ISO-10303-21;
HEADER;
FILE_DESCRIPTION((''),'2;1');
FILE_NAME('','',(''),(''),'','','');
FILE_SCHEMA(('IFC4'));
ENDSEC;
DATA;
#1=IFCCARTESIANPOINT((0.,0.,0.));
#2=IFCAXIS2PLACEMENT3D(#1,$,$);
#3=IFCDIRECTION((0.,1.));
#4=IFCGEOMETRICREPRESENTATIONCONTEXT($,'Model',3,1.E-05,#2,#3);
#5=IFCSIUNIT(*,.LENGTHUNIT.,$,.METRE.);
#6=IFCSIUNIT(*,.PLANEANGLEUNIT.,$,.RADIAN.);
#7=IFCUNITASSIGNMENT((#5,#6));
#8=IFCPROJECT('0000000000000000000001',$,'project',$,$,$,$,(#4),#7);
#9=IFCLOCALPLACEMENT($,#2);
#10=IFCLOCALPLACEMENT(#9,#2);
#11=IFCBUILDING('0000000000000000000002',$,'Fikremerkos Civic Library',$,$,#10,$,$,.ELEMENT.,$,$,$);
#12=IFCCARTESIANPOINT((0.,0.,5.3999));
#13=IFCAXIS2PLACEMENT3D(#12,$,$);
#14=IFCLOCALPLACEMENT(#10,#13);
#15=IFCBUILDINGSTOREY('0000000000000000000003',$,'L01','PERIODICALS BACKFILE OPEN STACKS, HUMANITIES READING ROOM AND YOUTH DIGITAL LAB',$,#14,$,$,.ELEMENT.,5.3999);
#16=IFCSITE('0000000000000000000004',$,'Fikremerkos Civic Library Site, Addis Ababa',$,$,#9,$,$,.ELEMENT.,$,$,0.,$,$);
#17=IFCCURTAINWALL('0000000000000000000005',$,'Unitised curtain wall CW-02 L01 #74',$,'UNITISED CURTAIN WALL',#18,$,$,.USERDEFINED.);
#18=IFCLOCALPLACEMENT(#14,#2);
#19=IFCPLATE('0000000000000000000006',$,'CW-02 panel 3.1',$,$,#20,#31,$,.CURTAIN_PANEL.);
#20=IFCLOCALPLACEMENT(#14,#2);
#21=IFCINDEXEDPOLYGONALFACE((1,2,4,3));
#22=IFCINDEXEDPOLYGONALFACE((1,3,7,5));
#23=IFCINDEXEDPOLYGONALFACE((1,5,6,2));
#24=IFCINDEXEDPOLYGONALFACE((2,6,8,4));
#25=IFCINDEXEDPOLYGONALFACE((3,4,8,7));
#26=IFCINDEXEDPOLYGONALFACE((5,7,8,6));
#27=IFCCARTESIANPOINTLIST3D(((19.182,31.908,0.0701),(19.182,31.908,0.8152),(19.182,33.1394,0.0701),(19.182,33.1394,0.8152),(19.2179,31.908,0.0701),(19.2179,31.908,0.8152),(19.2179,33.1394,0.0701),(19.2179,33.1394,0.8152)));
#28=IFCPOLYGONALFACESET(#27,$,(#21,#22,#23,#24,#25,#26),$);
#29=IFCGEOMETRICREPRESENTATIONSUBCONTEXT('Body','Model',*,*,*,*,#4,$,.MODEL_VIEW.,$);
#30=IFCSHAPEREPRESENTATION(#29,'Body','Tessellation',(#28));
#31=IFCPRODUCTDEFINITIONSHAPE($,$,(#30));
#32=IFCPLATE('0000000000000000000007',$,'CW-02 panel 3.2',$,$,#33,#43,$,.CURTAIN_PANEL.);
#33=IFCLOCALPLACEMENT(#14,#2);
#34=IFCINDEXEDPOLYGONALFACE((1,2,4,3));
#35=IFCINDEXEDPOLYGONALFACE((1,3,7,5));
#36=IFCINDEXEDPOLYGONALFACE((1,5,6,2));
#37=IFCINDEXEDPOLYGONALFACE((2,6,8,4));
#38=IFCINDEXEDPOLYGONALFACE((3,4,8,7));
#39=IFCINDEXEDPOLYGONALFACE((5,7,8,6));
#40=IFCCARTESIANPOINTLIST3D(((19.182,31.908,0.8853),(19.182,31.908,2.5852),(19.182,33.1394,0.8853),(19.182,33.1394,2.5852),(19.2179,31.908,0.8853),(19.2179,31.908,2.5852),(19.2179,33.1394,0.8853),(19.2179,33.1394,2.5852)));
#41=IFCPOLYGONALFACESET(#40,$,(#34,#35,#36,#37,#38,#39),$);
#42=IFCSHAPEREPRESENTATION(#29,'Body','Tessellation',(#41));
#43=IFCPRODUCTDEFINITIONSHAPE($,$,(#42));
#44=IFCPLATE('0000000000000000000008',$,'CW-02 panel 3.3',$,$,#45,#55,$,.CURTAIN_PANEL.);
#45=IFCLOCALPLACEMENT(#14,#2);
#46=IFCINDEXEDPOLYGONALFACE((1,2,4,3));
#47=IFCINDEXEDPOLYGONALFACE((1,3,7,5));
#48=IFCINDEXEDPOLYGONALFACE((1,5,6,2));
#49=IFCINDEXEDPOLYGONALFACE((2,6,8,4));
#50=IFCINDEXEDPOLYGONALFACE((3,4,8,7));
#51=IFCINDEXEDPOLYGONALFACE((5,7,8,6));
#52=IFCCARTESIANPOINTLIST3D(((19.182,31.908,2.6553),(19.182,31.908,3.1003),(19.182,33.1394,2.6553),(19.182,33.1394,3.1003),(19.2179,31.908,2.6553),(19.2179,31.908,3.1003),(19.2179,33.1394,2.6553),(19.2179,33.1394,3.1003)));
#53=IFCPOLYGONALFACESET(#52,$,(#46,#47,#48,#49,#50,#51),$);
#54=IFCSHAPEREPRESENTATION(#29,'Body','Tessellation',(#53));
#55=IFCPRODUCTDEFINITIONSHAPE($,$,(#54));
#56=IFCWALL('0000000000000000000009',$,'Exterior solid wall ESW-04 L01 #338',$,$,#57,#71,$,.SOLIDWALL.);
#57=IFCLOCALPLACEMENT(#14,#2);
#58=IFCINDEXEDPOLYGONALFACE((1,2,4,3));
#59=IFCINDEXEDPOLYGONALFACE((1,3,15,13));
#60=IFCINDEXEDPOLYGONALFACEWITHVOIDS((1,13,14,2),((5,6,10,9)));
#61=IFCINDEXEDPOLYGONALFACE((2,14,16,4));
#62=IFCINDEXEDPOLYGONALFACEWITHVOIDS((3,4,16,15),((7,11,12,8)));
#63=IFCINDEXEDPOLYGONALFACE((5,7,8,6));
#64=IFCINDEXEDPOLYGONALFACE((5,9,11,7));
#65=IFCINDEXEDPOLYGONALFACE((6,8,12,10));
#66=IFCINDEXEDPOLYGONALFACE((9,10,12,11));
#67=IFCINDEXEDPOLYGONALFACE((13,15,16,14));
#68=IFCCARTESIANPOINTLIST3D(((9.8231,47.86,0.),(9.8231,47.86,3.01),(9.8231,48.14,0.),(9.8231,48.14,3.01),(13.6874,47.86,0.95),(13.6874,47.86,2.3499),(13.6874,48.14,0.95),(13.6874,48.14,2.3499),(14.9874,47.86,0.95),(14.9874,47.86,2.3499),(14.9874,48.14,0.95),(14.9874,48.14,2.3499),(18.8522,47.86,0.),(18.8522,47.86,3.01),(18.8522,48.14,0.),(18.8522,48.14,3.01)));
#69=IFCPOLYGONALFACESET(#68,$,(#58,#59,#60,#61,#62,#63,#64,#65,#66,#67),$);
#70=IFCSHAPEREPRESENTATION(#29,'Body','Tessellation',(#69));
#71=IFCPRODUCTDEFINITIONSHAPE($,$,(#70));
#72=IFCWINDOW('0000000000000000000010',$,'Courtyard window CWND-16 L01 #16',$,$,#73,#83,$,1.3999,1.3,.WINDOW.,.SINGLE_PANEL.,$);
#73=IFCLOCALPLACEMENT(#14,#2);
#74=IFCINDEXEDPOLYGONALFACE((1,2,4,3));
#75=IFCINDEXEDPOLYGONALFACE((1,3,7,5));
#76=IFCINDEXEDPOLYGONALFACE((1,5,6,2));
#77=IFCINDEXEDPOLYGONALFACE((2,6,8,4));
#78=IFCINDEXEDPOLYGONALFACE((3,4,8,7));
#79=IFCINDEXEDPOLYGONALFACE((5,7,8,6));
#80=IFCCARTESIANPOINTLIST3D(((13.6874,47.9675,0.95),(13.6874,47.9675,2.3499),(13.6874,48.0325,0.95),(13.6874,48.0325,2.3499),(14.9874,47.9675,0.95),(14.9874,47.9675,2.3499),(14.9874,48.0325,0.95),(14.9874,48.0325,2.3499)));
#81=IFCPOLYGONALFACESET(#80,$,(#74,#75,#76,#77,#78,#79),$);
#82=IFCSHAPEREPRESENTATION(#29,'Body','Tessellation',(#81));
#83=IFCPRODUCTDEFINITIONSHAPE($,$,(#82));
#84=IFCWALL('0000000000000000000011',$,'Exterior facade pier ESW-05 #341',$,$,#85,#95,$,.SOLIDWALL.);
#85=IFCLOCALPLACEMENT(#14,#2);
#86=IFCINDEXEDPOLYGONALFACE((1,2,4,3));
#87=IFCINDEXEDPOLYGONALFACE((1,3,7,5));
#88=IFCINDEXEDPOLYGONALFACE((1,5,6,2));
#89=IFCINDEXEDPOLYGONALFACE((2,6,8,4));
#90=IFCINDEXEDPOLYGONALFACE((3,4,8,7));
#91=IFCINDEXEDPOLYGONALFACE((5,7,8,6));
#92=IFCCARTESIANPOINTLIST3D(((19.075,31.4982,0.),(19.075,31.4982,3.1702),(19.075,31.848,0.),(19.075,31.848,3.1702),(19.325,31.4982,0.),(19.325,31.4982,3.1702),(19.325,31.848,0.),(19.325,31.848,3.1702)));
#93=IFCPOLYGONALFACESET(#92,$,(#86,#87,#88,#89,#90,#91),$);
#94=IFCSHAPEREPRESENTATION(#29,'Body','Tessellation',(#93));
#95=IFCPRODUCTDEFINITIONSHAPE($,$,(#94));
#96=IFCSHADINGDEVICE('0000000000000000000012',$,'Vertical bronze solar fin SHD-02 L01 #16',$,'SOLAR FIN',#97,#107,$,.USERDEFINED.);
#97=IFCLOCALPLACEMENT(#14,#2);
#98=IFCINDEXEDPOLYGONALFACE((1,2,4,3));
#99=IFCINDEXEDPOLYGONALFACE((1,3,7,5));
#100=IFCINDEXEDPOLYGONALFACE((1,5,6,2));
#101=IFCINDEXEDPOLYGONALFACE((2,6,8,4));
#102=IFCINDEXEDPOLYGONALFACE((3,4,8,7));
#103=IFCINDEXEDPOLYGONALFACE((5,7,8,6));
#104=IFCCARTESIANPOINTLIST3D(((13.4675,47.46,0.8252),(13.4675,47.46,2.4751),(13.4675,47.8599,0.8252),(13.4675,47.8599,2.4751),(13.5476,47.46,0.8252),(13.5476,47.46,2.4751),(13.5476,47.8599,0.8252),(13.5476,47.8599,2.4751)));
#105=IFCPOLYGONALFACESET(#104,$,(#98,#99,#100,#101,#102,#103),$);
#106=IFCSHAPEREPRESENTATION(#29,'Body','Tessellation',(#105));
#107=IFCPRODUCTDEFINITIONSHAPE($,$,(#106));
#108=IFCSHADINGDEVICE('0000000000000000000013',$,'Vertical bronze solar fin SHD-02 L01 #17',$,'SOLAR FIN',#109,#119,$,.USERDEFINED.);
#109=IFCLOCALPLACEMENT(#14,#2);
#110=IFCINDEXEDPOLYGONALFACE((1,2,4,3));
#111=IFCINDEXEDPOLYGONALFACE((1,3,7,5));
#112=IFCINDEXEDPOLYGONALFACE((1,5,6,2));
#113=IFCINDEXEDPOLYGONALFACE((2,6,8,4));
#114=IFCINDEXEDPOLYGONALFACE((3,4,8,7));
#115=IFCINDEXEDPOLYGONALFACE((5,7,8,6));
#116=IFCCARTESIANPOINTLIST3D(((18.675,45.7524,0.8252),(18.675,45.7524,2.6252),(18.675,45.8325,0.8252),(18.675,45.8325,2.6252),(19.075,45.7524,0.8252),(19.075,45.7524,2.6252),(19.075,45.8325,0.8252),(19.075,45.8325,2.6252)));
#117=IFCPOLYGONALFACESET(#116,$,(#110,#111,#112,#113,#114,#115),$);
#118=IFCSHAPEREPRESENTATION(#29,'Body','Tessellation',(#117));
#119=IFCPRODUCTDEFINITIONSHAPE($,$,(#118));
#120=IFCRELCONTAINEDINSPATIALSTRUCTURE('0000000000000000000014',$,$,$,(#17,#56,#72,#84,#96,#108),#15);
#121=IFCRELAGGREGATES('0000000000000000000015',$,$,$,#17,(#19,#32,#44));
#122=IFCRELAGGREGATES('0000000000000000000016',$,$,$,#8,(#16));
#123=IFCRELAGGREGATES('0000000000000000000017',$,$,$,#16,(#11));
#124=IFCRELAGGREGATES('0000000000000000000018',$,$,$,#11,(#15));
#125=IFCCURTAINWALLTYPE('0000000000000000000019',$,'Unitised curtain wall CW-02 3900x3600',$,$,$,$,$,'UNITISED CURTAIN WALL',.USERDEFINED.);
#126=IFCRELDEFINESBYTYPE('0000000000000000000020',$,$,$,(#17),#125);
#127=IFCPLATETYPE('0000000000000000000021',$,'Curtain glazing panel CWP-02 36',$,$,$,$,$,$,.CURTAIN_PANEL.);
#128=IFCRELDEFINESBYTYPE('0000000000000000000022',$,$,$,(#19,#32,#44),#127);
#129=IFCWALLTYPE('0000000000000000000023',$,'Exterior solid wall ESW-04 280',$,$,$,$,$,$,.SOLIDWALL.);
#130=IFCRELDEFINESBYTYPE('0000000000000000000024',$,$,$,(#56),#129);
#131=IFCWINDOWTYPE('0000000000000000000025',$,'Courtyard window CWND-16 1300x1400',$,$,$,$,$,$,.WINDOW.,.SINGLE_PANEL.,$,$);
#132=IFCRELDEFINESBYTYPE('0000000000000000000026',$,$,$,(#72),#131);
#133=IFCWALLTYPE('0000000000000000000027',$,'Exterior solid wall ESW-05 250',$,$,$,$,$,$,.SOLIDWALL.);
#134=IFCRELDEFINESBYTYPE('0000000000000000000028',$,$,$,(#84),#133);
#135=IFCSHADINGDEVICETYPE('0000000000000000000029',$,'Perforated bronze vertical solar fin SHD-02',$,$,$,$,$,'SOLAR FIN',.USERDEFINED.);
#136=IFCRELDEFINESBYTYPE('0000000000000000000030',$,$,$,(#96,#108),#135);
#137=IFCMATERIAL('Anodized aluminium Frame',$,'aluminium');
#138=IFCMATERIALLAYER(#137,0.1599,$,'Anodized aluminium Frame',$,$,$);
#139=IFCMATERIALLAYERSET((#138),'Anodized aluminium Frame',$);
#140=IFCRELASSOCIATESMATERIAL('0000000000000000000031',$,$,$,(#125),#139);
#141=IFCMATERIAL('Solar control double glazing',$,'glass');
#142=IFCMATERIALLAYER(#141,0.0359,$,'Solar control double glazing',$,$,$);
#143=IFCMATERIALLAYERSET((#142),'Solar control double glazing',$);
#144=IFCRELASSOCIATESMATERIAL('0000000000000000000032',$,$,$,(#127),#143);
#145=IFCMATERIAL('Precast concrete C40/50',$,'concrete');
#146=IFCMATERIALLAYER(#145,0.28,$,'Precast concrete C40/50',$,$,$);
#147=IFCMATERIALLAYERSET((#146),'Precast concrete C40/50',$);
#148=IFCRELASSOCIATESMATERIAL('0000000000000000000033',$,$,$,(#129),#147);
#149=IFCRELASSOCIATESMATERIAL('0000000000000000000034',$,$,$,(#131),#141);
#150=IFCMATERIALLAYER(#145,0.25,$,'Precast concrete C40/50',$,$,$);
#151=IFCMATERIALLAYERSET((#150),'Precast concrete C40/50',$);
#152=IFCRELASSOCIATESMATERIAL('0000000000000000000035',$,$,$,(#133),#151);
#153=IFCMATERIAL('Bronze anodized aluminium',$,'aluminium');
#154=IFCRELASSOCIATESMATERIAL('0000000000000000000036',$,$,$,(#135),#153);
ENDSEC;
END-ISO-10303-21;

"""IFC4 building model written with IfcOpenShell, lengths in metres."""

from ifc_helpers import new_model, si_unit, direction, frame, frame_2d, origin, origin_2d, place, context, subcontext, project, spatial, rectangle, extrude, material, layer, layer_set, type_object, element, fill, aggregate, save


model = new_model("IFC4")

# Units and contexts
model_context = context("Model", 3, precision=1e-05, world=origin(), true_north=direction((0.0, 1.0)))
body_context = subcontext(model_context, "Body", "Model", "MODEL_VIEW")
ifc_project = project(units=[si_unit("LENGTHUNIT", "METRE"), si_unit("PLANEANGLEUNIT", "RADIAN")], contexts=[model_context])

# Site, building, storey
site_placement = place(None, origin())
site = spatial("IfcSite", under=ifc_project, at=site_placement, Name="Fikremerkos Civic Library Site, Addis Ababa", CompositionType="ELEMENT", RefElevation=0.0)
building_placement = place(site_placement, origin())
building = spatial("IfcBuilding", under=site, at=building_placement, Name="Fikremerkos Civic Library", CompositionType="ELEMENT")
storey_placement = place(building_placement, frame((0.0, 0.0, 5.3999)))
storey = spatial("IfcBuildingStorey", under=building, at=storey_placement, Name="L01", Description="PERIODICALS BACKFILE OPEN STACKS, HUMANITIES READING ROOM AND YOUTH DIGITAL LAB", CompositionType="ELEMENT", Elevation=5.3999)

# Curtain wall
ifc_material_1 = material(Name="Anodized aluminium Frame", Category="aluminium")
ifc_layer_1 = layer(ifc_material_1, 0.1599, Name="Anodized aluminium Frame")
ifc_layer_set_1 = layer_set([ifc_layer_1], Name="Anodized aluminium Frame")
curtain_wall_type = type_object("IfcCurtainWallType", Name="Unitised curtain wall CW-02 3900x3600", ElementType="UNITISED CURTAIN WALL", PredefinedType="USERDEFINED", material=ifc_layer_set_1)
curtain_wall_placement = place(storey_placement, origin())
curtain_wall = element("IfcCurtainWall", 1, at=curtain_wall_placement, inside=storey, type_object=curtain_wall_type, Name="Unitised curtain wall CW-02 L01 #74", ObjectType="UNITISED CURTAIN WALL", PredefinedType="USERDEFINED")

# Plates
ifc_material_2 = material(Name="Solar control double glazing", Category="glass")
ifc_layer_2 = layer(ifc_material_2, 0.0359, Name="Solar control double glazing")
ifc_layer_set_2 = layer_set([ifc_layer_2], Name="Solar control double glazing")
plate_type = type_object("IfcPlateType", Name="Curtain glazing panel CWP-02 36", PredefinedType="CURTAIN_PANEL", material=ifc_layer_set_2)
plate_1_placement = place(storey_placement, frame((19.2, 32.5237, 0.0701), z_axis=(0.0, 0.0, 1.0), x_axis=(0.0, -1.0, 0.0)))
plate_1 = element("IfcPlate", 2, at=plate_1_placement, type_object=plate_type, Name="CW-02 panel 3.1", PredefinedType="CURTAIN_PANEL", context=body_context, shape_type="SweptSolid", body=[
    extrude(rectangle(XDim=1.2314, YDim=0.0359, at=origin_2d()), origin(), (0.0, 0.0, 1.0), 0.7451),
])
plate_2_placement = place(storey_placement, frame((19.2, 32.5237, 0.8853), z_axis=(0.0, 0.0, 1.0), x_axis=(0.0, -1.0, 0.0)))
plate_2 = element("IfcPlate", 3, at=plate_2_placement, type_object=plate_type, Name="CW-02 panel 3.2", PredefinedType="CURTAIN_PANEL", context=body_context, shape_type="SweptSolid", body=[
    extrude(rectangle(XDim=1.2314, YDim=0.0359, at=origin_2d()), origin(), (0.0, 0.0, 1.0), 1.7),
])
plate_3_placement = place(storey_placement, frame((19.2, 32.5237, 2.6553), z_axis=(0.0, 0.0, 1.0), x_axis=(0.0, -1.0, 0.0)))
plate_3 = element("IfcPlate", 4, at=plate_3_placement, type_object=plate_type, Name="CW-02 panel 3.3", PredefinedType="CURTAIN_PANEL", context=body_context, shape_type="SweptSolid", body=[
    extrude(rectangle(XDim=1.2314, YDim=0.0359, at=origin_2d()), origin(), (0.0, 0.0, 1.0), 0.4451),
])
aggregate(curtain_wall, [plate_1, plate_2, plate_3])

# Wall, opening, window
ifc_material_3 = material(Name="Precast concrete C40/50", Category="concrete")
ifc_layer_3 = layer(ifc_material_3, 0.28, Name="Precast concrete C40/50")
ifc_layer_set_3 = layer_set([ifc_layer_3], Name="Precast concrete C40/50")
wall_type_1 = type_object("IfcWallType", Name="Exterior solid wall ESW-04 280", PredefinedType="SOLIDWALL", material=ifc_layer_set_3)
wall_1_placement = place(storey_placement, frame((9.823, 48.0, 0.0), z_axis=(0.0, 0.0, 1.0), x_axis=(1.0, 0.0, 0.0)))
wall_1 = element("IfcWall", 5, at=wall_1_placement, inside=storey, type_object=wall_type_1, Name="Exterior solid wall ESW-04 L01 #338", PredefinedType="SOLIDWALL", context=body_context, shape_type="SweptSolid", body=[
    extrude(rectangle(XDim=9.0291, YDim=0.28, at=frame_2d((4.5146, 0.0))), origin(), (0.0, 0.0, 1.0), 3.01),
])
opening_placement = place(wall_1_placement, frame((3.8645, 0.0, 0.95)))
opening = element("IfcOpeningElement", 6, at=opening_placement, cuts=wall_1, PredefinedType="OPENING", context=body_context, shape_type="SweptSolid", body=[
    extrude(rectangle(XDim=1.3, YDim=1.3999, at=frame_2d((0.6499, 0.7))), frame((0.0, 0.1499, 0.0), z_axis=(0.0, -1.0, 0.0), x_axis=(1.0, 0.0, 0.0)), (0.0, 0.0, 1.0), 0.3),
])
window_type = type_object("IfcWindowType", Name="Courtyard window CWND-16 1300x1400", PartitioningType="SINGLE_PANEL", PredefinedType="WINDOW", material=ifc_material_2)
window_placement = place(opening_placement, origin())
window = element("IfcWindow", 7, at=window_placement, inside=storey, type_object=window_type, Name="Courtyard window CWND-16 L01 #16", OverallHeight=1.3999, OverallWidth=1.3, PartitioningType="SINGLE_PANEL", PredefinedType="WINDOW", context=body_context, shape_type="SweptSolid", body=[
    extrude(rectangle(XDim=1.3, YDim=1.3999, at=frame_2d((0.6499, 0.7))), frame((0.0, 0.0325, 0.0), z_axis=(0.0, -1.0, 0.0), x_axis=(1.0, 0.0, 0.0)), (0.0, 0.0, 1.0), 0.0649),
])
fill(opening, window)

# Wall
ifc_layer_4 = layer(ifc_material_3, 0.25, Name="Precast concrete C40/50")
ifc_layer_set_4 = layer_set([ifc_layer_4], Name="Precast concrete C40/50")
wall_type_2 = type_object("IfcWallType", Name="Exterior solid wall ESW-05 250", PredefinedType="SOLIDWALL", material=ifc_layer_set_4)
wall_2_placement = place(storey_placement, frame((19.2, 31.8479, 0.0), z_axis=(0.0, 0.0, 1.0), x_axis=(0.0, -1.0, 0.0)))
element("IfcWall", 8, at=wall_2_placement, inside=storey, type_object=wall_type_2, Name="Exterior facade pier ESW-05 #341", PredefinedType="SOLIDWALL", context=body_context, shape_type="SweptSolid", body=[
    extrude(rectangle(XDim=0.3499, YDim=0.25, at=frame_2d((0.1748, 0.0))), origin(), (0.0, 0.0, 1.0), 3.1702),
])

# Shading devices
ifc_material_4 = material(Name="Bronze anodized aluminium", Category="aluminium")
shading_device_type = type_object("IfcShadingDeviceType", Name="Perforated bronze vertical solar fin SHD-02", ElementType="SOLAR FIN", PredefinedType="USERDEFINED", material=ifc_material_4)
shading_device_1_placement = place(storey_placement, frame((13.5076, 47.6599, 0.8252), z_axis=(0.0, 0.0, 1.0), x_axis=(1.0, 0.0, 0.0)))
element("IfcShadingDevice", 9, at=shading_device_1_placement, inside=storey, type_object=shading_device_type, Name="Vertical bronze solar fin SHD-02 L01 #16", ObjectType="SOLAR FIN", PredefinedType="USERDEFINED", context=body_context, shape_type="SweptSolid", body=[
    extrude(rectangle(XDim=0.0801, YDim=0.3999, at=origin_2d()), origin(), (0.0, 0.0, 1.0), 1.6499),
])
shading_device_2_placement = place(storey_placement, frame((18.875, 45.7925, 0.8252), z_axis=(0.0, 0.0, 1.0), x_axis=(0.0, 1.0, 0.0)))
element("IfcShadingDevice", 10, at=shading_device_2_placement, inside=storey, type_object=shading_device_type, Name="Vertical bronze solar fin SHD-02 L01 #17", ObjectType="SOLAR FIN", PredefinedType="USERDEFINED", context=body_context, shape_type="SweptSolid", body=[
    extrude(rectangle(XDim=0.0801, YDim=0.3999, at=origin_2d()), origin(), (0.0, 0.0, 1.0), 1.8),
])

save(model, "model.ifc")
